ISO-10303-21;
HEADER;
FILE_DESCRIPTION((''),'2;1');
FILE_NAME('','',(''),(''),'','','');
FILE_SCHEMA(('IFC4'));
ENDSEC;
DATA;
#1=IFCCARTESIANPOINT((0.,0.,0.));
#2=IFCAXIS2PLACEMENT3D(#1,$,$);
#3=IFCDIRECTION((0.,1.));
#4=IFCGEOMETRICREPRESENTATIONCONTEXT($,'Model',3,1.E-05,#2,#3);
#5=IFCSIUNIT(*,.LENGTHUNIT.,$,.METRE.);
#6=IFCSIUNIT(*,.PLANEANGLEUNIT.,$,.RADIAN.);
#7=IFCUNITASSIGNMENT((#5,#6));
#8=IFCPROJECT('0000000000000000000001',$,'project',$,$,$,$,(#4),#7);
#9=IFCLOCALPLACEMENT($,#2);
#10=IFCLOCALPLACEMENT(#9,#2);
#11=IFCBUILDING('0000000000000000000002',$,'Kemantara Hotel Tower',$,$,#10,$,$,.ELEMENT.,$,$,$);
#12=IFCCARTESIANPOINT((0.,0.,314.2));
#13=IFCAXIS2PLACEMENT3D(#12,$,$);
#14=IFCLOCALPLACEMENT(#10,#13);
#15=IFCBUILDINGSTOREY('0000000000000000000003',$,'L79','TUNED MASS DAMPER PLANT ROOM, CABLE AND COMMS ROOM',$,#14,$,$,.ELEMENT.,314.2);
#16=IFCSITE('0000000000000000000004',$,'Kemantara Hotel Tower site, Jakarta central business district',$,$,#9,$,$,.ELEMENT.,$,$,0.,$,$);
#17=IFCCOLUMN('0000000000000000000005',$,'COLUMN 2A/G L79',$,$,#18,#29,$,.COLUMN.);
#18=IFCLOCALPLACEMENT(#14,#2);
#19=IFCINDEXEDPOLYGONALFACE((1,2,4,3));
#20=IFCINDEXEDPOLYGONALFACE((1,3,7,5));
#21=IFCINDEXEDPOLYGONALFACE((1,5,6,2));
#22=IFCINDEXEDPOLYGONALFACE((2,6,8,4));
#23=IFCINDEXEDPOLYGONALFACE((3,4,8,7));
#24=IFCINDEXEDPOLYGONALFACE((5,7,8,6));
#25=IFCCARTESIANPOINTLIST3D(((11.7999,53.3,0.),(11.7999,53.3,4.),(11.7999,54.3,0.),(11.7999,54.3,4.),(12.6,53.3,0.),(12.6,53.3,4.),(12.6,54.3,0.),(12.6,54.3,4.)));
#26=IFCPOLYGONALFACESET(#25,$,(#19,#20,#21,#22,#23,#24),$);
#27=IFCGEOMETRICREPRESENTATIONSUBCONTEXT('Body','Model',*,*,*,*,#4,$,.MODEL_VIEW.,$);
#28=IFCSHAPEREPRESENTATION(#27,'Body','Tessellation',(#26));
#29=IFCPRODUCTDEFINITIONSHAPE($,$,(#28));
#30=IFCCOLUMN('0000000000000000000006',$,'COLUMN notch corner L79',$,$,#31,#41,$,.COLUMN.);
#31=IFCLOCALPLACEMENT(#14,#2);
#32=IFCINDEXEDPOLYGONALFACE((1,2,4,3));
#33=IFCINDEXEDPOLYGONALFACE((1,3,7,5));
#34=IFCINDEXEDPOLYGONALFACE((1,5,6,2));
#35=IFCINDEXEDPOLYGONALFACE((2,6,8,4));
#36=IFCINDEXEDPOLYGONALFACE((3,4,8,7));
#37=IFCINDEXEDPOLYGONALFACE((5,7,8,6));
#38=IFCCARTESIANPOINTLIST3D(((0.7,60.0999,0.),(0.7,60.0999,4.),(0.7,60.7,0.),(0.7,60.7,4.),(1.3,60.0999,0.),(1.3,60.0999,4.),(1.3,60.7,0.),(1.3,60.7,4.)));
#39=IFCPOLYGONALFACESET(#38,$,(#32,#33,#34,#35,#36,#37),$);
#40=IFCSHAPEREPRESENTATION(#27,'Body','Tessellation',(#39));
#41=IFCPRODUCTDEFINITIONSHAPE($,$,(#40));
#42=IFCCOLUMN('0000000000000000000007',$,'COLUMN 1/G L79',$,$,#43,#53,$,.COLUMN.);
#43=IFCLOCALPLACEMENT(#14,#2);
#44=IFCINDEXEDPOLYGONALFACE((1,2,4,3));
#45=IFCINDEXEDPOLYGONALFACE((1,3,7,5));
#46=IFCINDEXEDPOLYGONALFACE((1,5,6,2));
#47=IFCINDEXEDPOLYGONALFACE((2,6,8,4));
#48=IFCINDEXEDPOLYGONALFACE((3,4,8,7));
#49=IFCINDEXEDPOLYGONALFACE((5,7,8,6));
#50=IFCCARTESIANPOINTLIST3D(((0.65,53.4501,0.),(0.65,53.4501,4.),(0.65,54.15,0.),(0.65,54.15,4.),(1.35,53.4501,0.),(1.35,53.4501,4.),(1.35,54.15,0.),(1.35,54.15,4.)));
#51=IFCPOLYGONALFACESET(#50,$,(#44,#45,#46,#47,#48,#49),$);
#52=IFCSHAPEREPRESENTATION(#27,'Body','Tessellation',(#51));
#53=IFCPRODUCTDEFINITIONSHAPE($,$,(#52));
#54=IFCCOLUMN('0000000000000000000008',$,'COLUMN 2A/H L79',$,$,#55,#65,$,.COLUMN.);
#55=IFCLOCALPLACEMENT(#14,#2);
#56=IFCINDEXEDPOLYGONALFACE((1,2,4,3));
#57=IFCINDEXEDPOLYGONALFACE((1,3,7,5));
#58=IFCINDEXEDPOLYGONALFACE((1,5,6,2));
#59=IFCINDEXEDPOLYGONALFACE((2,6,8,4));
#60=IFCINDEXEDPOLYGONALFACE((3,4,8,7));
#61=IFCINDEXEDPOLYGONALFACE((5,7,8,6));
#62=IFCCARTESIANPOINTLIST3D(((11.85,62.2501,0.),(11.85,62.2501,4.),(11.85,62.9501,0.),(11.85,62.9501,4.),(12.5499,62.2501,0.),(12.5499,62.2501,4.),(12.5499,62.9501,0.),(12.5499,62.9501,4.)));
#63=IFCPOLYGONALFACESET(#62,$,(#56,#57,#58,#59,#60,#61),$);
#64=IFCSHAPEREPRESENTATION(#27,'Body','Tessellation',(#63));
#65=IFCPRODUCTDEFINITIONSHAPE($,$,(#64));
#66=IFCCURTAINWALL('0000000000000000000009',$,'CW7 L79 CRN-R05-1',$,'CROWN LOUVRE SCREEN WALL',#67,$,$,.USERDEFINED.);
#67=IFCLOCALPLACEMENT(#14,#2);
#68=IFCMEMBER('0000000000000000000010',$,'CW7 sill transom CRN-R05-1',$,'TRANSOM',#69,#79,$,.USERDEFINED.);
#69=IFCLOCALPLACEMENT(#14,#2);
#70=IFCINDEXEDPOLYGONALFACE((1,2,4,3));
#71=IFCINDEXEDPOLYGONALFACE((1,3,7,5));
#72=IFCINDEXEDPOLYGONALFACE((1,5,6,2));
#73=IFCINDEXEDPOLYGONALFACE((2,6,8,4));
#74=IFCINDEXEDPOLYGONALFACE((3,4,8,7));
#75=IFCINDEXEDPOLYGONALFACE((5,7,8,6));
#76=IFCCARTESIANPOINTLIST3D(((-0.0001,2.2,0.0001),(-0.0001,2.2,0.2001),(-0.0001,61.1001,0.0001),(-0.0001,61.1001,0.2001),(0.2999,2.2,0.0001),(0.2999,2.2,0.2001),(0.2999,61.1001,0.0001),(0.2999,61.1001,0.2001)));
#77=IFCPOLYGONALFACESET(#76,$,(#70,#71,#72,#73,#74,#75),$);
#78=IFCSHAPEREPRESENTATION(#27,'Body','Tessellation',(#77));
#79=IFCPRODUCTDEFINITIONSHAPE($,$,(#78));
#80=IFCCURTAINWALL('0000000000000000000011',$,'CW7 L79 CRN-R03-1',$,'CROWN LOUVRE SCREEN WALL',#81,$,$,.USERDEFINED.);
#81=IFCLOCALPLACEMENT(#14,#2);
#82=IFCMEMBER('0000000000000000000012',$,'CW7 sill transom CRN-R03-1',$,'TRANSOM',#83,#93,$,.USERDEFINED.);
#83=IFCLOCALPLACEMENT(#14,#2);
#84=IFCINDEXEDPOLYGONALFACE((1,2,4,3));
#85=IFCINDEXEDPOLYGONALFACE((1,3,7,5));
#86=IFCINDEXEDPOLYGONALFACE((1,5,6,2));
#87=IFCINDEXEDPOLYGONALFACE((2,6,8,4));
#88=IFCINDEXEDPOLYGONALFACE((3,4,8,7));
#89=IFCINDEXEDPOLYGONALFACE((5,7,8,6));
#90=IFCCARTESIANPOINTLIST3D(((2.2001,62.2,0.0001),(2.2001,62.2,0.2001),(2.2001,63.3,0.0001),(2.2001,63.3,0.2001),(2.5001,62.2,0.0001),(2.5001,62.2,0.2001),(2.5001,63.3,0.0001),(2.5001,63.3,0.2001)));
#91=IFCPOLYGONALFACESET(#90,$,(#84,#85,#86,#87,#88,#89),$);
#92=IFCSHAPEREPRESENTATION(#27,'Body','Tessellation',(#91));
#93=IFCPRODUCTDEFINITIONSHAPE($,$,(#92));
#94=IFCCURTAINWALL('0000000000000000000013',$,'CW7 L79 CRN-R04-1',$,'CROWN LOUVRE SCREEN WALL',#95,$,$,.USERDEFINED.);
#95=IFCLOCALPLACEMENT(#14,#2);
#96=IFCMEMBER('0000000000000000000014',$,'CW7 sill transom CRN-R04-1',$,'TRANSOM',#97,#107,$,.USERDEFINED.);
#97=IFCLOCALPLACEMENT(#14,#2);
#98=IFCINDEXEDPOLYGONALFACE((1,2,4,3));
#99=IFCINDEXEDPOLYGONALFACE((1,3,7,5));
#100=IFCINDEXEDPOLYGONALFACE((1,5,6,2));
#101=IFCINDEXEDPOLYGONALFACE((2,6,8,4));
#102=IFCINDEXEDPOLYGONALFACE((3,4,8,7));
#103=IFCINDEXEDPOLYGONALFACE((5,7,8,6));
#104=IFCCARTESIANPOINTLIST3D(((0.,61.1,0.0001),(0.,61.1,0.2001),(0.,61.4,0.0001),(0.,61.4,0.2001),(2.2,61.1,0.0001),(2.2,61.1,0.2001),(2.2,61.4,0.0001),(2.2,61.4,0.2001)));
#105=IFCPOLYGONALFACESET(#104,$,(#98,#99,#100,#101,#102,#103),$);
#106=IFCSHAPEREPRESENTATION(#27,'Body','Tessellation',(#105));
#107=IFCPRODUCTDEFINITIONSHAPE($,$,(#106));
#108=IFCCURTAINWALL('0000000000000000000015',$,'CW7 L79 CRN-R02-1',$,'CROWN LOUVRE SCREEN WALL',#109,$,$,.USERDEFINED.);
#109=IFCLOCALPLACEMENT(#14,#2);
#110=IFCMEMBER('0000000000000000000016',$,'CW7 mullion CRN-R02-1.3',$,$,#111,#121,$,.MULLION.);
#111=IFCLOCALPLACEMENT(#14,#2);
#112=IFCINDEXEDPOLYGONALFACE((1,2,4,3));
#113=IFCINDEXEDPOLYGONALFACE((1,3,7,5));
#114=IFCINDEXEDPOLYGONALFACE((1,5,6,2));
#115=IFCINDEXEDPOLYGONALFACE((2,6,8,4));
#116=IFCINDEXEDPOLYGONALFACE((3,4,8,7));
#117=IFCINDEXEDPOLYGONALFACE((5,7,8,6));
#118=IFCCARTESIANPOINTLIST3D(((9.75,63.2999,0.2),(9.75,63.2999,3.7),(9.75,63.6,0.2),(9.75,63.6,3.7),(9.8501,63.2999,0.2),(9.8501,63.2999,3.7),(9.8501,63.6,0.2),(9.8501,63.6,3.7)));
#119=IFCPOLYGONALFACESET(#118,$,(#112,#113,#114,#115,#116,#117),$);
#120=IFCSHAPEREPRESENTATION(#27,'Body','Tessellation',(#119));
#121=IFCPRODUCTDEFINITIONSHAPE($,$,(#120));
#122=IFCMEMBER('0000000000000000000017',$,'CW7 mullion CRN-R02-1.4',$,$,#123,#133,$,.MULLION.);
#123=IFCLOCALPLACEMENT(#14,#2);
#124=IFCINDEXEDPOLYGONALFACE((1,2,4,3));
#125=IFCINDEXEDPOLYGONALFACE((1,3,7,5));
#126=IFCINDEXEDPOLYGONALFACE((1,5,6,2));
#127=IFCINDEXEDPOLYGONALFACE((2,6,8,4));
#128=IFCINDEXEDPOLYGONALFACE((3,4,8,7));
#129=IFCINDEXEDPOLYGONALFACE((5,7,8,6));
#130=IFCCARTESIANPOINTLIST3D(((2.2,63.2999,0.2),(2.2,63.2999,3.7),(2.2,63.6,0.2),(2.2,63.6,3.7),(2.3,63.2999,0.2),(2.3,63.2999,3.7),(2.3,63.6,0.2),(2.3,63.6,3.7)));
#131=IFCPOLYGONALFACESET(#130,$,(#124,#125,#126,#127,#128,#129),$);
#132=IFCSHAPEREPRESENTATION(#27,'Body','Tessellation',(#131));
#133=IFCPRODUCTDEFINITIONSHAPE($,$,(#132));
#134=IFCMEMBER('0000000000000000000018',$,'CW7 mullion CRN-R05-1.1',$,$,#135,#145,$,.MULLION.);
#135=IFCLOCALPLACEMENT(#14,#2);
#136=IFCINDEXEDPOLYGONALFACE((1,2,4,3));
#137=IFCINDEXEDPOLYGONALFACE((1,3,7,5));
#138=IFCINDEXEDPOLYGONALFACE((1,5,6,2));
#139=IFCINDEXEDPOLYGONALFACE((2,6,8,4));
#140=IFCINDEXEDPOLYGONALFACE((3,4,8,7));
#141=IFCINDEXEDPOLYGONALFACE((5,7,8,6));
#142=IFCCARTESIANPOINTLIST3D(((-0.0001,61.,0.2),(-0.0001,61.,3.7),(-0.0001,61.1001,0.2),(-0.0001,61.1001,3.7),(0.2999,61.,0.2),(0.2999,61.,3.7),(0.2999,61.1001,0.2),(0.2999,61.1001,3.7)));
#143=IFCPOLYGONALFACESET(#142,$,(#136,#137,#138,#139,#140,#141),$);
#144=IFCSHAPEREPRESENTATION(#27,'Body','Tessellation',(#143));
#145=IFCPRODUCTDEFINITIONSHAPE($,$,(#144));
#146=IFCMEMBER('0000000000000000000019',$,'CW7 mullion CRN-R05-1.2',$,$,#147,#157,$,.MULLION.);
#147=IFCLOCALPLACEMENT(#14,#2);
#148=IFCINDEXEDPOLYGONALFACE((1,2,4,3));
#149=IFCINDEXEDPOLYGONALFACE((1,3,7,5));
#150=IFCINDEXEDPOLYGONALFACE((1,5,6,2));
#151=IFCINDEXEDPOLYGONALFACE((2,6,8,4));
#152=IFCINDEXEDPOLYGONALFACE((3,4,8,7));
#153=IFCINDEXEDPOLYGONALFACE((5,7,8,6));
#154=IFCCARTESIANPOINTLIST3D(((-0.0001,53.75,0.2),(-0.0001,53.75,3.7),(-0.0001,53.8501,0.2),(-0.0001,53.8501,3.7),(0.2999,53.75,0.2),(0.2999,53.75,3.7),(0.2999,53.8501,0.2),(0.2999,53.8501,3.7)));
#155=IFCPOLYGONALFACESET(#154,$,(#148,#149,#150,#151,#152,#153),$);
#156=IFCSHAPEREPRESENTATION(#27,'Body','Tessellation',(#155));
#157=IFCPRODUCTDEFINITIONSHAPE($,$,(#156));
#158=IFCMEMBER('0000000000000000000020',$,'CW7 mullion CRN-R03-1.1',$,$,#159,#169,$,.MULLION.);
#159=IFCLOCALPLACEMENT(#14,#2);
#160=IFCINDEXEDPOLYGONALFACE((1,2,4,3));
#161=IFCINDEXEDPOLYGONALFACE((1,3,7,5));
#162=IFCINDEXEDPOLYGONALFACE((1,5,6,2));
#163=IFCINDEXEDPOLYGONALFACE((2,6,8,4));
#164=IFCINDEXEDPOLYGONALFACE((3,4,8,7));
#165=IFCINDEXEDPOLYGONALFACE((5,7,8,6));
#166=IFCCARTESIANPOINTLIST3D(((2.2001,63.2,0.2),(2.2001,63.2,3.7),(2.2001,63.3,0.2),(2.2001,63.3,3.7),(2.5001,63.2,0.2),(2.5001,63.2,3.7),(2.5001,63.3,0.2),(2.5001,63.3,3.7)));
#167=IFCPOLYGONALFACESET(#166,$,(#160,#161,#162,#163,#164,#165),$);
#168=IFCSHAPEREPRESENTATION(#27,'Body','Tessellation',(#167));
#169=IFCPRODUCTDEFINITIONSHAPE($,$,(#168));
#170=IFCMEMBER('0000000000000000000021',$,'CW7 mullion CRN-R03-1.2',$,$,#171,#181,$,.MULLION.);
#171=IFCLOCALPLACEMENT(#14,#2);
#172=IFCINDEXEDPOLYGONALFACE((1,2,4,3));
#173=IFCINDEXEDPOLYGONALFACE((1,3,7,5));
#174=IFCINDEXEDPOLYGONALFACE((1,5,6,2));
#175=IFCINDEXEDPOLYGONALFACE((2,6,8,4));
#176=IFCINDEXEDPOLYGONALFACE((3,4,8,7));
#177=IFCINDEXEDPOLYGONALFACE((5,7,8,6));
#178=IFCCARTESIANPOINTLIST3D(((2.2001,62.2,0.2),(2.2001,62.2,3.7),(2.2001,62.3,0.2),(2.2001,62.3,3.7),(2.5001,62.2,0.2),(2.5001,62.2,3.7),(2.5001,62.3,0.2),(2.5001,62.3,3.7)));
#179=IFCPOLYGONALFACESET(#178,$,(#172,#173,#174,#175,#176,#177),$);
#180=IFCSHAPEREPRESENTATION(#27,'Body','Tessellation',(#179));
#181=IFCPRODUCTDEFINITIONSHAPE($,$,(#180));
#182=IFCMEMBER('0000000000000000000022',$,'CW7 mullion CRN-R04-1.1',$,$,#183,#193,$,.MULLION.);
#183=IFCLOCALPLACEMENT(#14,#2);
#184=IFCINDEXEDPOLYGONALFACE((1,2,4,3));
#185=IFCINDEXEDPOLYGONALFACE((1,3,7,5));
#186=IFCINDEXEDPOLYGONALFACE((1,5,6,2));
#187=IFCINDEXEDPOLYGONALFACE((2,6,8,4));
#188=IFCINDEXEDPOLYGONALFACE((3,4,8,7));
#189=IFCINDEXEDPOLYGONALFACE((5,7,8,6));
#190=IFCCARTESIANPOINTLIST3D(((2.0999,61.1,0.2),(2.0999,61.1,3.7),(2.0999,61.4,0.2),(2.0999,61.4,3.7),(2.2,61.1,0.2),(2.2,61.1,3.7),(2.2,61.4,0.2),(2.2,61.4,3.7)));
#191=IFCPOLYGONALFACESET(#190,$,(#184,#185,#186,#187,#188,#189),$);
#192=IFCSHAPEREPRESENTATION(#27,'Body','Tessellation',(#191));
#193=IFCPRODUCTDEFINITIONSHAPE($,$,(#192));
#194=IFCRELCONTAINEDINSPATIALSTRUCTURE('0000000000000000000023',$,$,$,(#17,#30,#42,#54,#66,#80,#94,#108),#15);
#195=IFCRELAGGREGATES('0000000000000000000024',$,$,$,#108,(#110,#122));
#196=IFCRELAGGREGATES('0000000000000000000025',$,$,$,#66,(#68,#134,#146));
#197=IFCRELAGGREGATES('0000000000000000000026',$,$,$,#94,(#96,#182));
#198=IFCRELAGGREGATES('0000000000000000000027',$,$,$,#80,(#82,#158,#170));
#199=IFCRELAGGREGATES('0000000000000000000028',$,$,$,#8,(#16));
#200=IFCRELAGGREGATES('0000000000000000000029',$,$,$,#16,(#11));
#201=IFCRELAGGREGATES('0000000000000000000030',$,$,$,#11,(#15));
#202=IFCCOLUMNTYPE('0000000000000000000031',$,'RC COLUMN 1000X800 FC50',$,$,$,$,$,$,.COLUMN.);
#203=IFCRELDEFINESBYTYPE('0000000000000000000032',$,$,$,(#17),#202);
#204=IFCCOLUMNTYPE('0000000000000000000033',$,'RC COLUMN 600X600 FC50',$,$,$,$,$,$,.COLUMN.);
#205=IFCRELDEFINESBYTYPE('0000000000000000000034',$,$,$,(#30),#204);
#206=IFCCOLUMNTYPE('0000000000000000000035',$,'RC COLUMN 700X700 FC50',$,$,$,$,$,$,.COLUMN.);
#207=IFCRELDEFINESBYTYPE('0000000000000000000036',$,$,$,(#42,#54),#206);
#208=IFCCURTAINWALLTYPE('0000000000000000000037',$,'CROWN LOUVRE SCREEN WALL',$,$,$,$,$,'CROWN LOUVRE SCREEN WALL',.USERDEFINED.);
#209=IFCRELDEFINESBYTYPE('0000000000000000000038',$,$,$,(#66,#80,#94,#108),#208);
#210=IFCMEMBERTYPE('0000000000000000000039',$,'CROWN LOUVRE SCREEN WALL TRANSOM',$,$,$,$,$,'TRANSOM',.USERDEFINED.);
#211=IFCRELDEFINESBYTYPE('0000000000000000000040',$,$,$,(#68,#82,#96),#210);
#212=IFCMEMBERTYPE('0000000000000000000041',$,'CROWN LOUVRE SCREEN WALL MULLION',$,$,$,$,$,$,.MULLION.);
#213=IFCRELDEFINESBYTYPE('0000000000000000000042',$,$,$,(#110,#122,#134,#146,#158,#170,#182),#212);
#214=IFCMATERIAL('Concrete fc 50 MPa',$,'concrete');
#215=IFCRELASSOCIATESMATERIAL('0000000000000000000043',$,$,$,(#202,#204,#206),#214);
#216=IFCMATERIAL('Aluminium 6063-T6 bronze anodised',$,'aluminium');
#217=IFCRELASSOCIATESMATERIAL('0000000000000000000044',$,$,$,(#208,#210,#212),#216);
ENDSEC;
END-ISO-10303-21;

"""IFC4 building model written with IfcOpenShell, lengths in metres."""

from ifc_helpers import new_model, si_unit, direction, frame, origin, origin_2d, place, context, subcontext, project, spatial, rectangle, extrude, source, transform, mapped, material, material_profile, profile_set, type_object, element, aggregate, save


model = new_model("IFC4")

# Units and contexts
model_context = context("Model", 3, precision=1e-05, world=origin(), true_north=direction((0.0, 1.0)))
body_context = subcontext(model_context, "Body", "Model", "MODEL_VIEW")
ifc_project = project(units=[si_unit("LENGTHUNIT", "METRE"), si_unit("PLANEANGLEUNIT", "RADIAN")], contexts=[model_context])

# Site, building, storey
site_placement = place(None, origin())
site = spatial("IfcSite", under=ifc_project, at=site_placement, Name="Kemantara Hotel Tower site, Jakarta central business district", CompositionType="ELEMENT", RefElevation=0.0)
building_placement = place(site_placement, origin())
building = spatial("IfcBuilding", under=site, at=building_placement, Name="Kemantara Hotel Tower", CompositionType="ELEMENT")
storey_placement = place(building_placement, frame((0.0, 0.0, 314.2)))
storey = spatial("IfcBuildingStorey", under=building, at=storey_placement, Name="L79", Description="TUNED MASS DAMPER PLANT ROOM, CABLE AND COMMS ROOM", CompositionType="ELEMENT", Elevation=314.2)

# Columns
ifc_material_1 = material(Name="Concrete fc 50 MPa", Category="concrete")
ifc_material_profile_1 = material_profile(ifc_material_1, rectangle(XDim=1.0, YDim=0.8, at=origin_2d()), Name="RC 1000X800")
ifc_profile_set_1 = profile_set([ifc_material_profile_1], Name="Concrete fc 50 MPa")
column_type_1 = type_object("IfcColumnType", Name="RC COLUMN 1000X800 FC50", PredefinedType="COLUMN", material=ifc_profile_set_1)
column_1_placement = place(storey_placement, frame((12.2, 53.8, 0.0), z_axis=(0.0, 0.0, 1.0), x_axis=(0.0, 1.0, 0.0)))
element("IfcColumn", 1, at=column_1_placement, inside=storey, type_object=column_type_1, Name="COLUMN 2A/G L79", PredefinedType="COLUMN", context=body_context, shape_type="SweptSolid", body=[
    extrude(rectangle(XDim=1.0, YDim=0.8, at=origin_2d()), origin(), (0.0, 0.0, 1.0), 4.0),
])
ifc_material_profile_2 = material_profile(ifc_material_1, rectangle(XDim=0.6001, YDim=0.6001, at=origin_2d()), Name="RC 600X600")
ifc_profile_set_2 = profile_set([ifc_material_profile_2], Name="Concrete fc 50 MPa")
column_type_2 = type_object("IfcColumnType", Name="RC COLUMN 600X600 FC50", PredefinedType="COLUMN", material=ifc_profile_set_2)
column_2_placement = place(storey_placement, frame((1.0, 60.3999, 0.0), z_axis=(0.0, 0.0, 1.0), x_axis=(1.0, 0.0, 0.0)))
element("IfcColumn", 2, at=column_2_placement, inside=storey, type_object=column_type_2, Name="COLUMN notch corner L79", PredefinedType="COLUMN", context=body_context, shape_type="SweptSolid", body=[
    extrude(rectangle(XDim=0.6001, YDim=0.6001, at=origin_2d()), origin(), (0.0, 0.0, 1.0), 4.0),
])
ifc_material_profile_3 = material_profile(ifc_material_1, rectangle(XDim=0.7, YDim=0.7, at=origin_2d()), Name="RC 700X700")
ifc_profile_set_3 = profile_set([ifc_material_profile_3], Name="Concrete fc 50 MPa")
column_type_3 = type_object("IfcColumnType", Name="RC COLUMN 700X700 FC50", PredefinedType="COLUMN", material=ifc_profile_set_3)
for number, where, z_axis, x_axis, name in (
    (3, (1.0, 53.8, 0.0), (0.0, 0.0, 1.0), (1.0, 0.0, 0.0), "COLUMN 1/G L79"),
    (4, (12.2, 62.6001, 0.0), (0.0, 0.0, 1.0), (1.0, 0.0, 0.0), "COLUMN 2A/H L79"),
):
    element("IfcColumn", number, at=place(storey_placement, frame(where, z_axis=z_axis, x_axis=x_axis)), inside=storey, type_object=column_type_3, Name=name, PredefinedType="COLUMN", context=body_context, shape_type="SweptSolid", body=[
        extrude(rectangle(XDim=0.7, YDim=0.7, at=origin_2d()), origin(), (0.0, 0.0, 1.0), 4.0),
    ])

# Curtain walls, members
ifc_material_2 = material(Name="Aluminium 6063-T6 bronze anodised", Category="aluminium")
curtain_wall_type = type_object("IfcCurtainWallType", Name="CROWN LOUVRE SCREEN WALL", ElementType="CROWN LOUVRE SCREEN WALL", PredefinedType="USERDEFINED", material=ifc_material_2)
curtain_wall_1_placement = place(storey_placement, origin())
curtain_wall_1 = element("IfcCurtainWall", 5, at=curtain_wall_1_placement, inside=storey, type_object=curtain_wall_type, Name="CW7 L79 CRN-R05-1", ObjectType="CROWN LOUVRE SCREEN WALL", PredefinedType="USERDEFINED")
ifc_material_profile_4 = material_profile(ifc_material_2, rectangle(XDim=0.3, YDim=0.2, at=origin_2d()), Name="CROWN LOUVRE SCREEN WALL TRANSOM")
ifc_profile_set_4 = profile_set([ifc_material_profile_4], Name="Aluminium 6063-T6 bronze anodised")
member_type_1 = type_object("IfcMemberType", Name="CROWN LOUVRE SCREEN WALL TRANSOM", ElementType="TRANSOM", PredefinedType="USERDEFINED", material=ifc_profile_set_4)
member_1_placement = place(storey_placement, frame((0.1499, 61.1001, 0.1001), z_axis=(0.0, -1.0, 0.0), x_axis=(1.0, 0.0, 0.0)))
member_1 = element("IfcMember", 6, at=member_1_placement, type_object=member_type_1, Name="CW7 sill transom CRN-R05-1", ObjectType="TRANSOM", PredefinedType="USERDEFINED", context=body_context, shape_type="SweptSolid", body=[
    extrude(rectangle(XDim=0.3, YDim=0.2, at=origin_2d()), origin(), (0.0, 0.0, 1.0), 58.9001),
])
curtain_wall_2_placement = place(storey_placement, origin())
curtain_wall_2 = element("IfcCurtainWall", 7, at=curtain_wall_2_placement, inside=storey, type_object=curtain_wall_type, Name="CW7 L79 CRN-R03-1", ObjectType="CROWN LOUVRE SCREEN WALL", PredefinedType="USERDEFINED")
member_2_placement = place(storey_placement, frame((2.3501, 63.3, 0.1001), z_axis=(0.0, -1.0, 0.0), x_axis=(1.0, 0.0, 0.0)))
member_2 = element("IfcMember", 8, at=member_2_placement, type_object=member_type_1, Name="CW7 sill transom CRN-R03-1", ObjectType="TRANSOM", PredefinedType="USERDEFINED", context=body_context, shape_type="SweptSolid", body=[
    extrude(rectangle(XDim=0.3, YDim=0.2, at=origin_2d()), origin(), (0.0, 0.0, 1.0), 1.1001),
])
curtain_wall_3_placement = place(storey_placement, origin())
curtain_wall_3 = element("IfcCurtainWall", 9, at=curtain_wall_3_placement, inside=storey, type_object=curtain_wall_type, Name="CW7 L79 CRN-R04-1", ObjectType="CROWN LOUVRE SCREEN WALL", PredefinedType="USERDEFINED")
member_3_placement = place(storey_placement, frame((2.2, 61.25, 0.1001), z_axis=(-1.0, 0.0, 0.0), x_axis=(0.0, -1.0, 0.0)))
member_3 = element("IfcMember", 10, at=member_3_placement, type_object=member_type_1, Name="CW7 sill transom CRN-R04-1", ObjectType="TRANSOM", PredefinedType="USERDEFINED", context=body_context, shape_type="SweptSolid", body=[
    extrude(rectangle(XDim=0.3, YDim=0.2, at=origin_2d()), origin(), (0.0, 0.0, 1.0), 2.2),
])

# Curtain wall, members
curtain_wall_4_placement = place(storey_placement, origin())
curtain_wall_4 = element("IfcCurtainWall", 11, at=curtain_wall_4_placement, inside=storey, type_object=curtain_wall_type, Name="CW7 L79 CRN-R02-1", ObjectType="CROWN LOUVRE SCREEN WALL", PredefinedType="USERDEFINED")
ifc_material_profile_5 = material_profile(ifc_material_2, rectangle(XDim=0.3, YDim=0.1001, at=origin_2d()), Name="CROWN LOUVRE SCREEN WALL MULLION")
ifc_profile_set_5 = profile_set([ifc_material_profile_5], Name="Aluminium 6063-T6 bronze anodised")
member_type_2 = type_object("IfcMemberType", Name="CROWN LOUVRE SCREEN WALL MULLION", PredefinedType="MULLION", material=ifc_profile_set_5)
shared_shape_1 = source(origin(), body_context, "Body", "SweptSolid", [
    extrude(rectangle(XDim=0.3, YDim=0.1001, at=origin_2d()), origin(), (0.0, 0.0, 1.0), 3.5),
])
member_4_placement = place(storey_placement, frame((9.8, 63.45, 0.2), z_axis=(0.0, 0.0, 1.0), x_axis=(0.0, -1.0, 0.0)))
member_4 = element("IfcMember", 12, at=member_4_placement, type_object=member_type_2, Name="CW7 mullion CRN-R02-1.3", PredefinedType="MULLION", context=body_context, shape_type="MappedRepresentation", body=[
    mapped(shared_shape_1, transform((0.0, 0.0, 0.0))),
])
member_5_placement = place(storey_placement, frame((2.25, 63.45, 0.2), z_axis=(0.0, 0.0, 1.0), x_axis=(0.0, -1.0, 0.0)))
member_5 = element("IfcMember", 13, at=member_5_placement, type_object=member_type_2, Name="CW7 mullion CRN-R02-1.4", PredefinedType="MULLION", context=body_context, shape_type="MappedRepresentation", body=[
    mapped(shared_shape_1, transform((0.0, 0.0, 0.0))),
])

# Members
member_6_placement = place(storey_placement, frame((0.1499, 61.05, 0.2), z_axis=(0.0, 0.0, 1.0), x_axis=(1.0, 0.0, 0.0)))
member_6 = element("IfcMember", 14, at=member_6_placement, type_object=member_type_2, Name="CW7 mullion CRN-R05-1.1", PredefinedType="MULLION", context=body_context, shape_type="MappedRepresentation", body=[
    mapped(shared_shape_1, transform((0.0, 0.0, 0.0))),
])
member_7_placement = place(storey_placement, frame((0.1499, 53.8, 0.2), z_axis=(0.0, 0.0, 1.0), x_axis=(1.0, 0.0, 0.0)))
member_7 = element("IfcMember", 15, at=member_7_placement, type_object=member_type_2, Name="CW7 mullion CRN-R05-1.2", PredefinedType="MULLION", context=body_context, shape_type="MappedRepresentation", body=[
    mapped(shared_shape_1, transform((0.0, 0.0, 0.0))),
])
member_8_placement = place(storey_placement, frame((2.3501, 63.25, 0.2), z_axis=(0.0, 0.0, 1.0), x_axis=(1.0, 0.0, 0.0)))
member_8 = element("IfcMember", 16, at=member_8_placement, type_object=member_type_2, Name="CW7 mullion CRN-R03-1.1", PredefinedType="MULLION", context=body_context, shape_type="MappedRepresentation", body=[
    mapped(shared_shape_1, transform((0.0, 0.0, 0.0))),
])
member_9_placement = place(storey_placement, frame((2.3501, 62.25, 0.2), z_axis=(0.0, 0.0, 1.0), x_axis=(1.0, 0.0, 0.0)))
member_9 = element("IfcMember", 17, at=member_9_placement, type_object=member_type_2, Name="CW7 mullion CRN-R03-1.2", PredefinedType="MULLION", context=body_context, shape_type="MappedRepresentation", body=[
    mapped(shared_shape_1, transform((0.0, 0.0, 0.0))),
])
member_10_placement = place(storey_placement, frame((2.1499, 61.25, 0.2), z_axis=(0.0, 0.0, 1.0), x_axis=(0.0, -1.0, 0.0)))
member_10 = element("IfcMember", 18, at=member_10_placement, type_object=member_type_2, Name="CW7 mullion CRN-R04-1.1", PredefinedType="MULLION", context=body_context, shape_type="MappedRepresentation", body=[
    mapped(shared_shape_1, transform((0.0, 0.0, 0.0))),
])

aggregate(curtain_wall_4, [member_4, member_5])
aggregate(curtain_wall_1, [member_1, member_6, member_7])
aggregate(curtain_wall_3, [member_3, member_10])
aggregate(curtain_wall_2, [member_2, member_8, member_9])

save(model, "model.ifc")
